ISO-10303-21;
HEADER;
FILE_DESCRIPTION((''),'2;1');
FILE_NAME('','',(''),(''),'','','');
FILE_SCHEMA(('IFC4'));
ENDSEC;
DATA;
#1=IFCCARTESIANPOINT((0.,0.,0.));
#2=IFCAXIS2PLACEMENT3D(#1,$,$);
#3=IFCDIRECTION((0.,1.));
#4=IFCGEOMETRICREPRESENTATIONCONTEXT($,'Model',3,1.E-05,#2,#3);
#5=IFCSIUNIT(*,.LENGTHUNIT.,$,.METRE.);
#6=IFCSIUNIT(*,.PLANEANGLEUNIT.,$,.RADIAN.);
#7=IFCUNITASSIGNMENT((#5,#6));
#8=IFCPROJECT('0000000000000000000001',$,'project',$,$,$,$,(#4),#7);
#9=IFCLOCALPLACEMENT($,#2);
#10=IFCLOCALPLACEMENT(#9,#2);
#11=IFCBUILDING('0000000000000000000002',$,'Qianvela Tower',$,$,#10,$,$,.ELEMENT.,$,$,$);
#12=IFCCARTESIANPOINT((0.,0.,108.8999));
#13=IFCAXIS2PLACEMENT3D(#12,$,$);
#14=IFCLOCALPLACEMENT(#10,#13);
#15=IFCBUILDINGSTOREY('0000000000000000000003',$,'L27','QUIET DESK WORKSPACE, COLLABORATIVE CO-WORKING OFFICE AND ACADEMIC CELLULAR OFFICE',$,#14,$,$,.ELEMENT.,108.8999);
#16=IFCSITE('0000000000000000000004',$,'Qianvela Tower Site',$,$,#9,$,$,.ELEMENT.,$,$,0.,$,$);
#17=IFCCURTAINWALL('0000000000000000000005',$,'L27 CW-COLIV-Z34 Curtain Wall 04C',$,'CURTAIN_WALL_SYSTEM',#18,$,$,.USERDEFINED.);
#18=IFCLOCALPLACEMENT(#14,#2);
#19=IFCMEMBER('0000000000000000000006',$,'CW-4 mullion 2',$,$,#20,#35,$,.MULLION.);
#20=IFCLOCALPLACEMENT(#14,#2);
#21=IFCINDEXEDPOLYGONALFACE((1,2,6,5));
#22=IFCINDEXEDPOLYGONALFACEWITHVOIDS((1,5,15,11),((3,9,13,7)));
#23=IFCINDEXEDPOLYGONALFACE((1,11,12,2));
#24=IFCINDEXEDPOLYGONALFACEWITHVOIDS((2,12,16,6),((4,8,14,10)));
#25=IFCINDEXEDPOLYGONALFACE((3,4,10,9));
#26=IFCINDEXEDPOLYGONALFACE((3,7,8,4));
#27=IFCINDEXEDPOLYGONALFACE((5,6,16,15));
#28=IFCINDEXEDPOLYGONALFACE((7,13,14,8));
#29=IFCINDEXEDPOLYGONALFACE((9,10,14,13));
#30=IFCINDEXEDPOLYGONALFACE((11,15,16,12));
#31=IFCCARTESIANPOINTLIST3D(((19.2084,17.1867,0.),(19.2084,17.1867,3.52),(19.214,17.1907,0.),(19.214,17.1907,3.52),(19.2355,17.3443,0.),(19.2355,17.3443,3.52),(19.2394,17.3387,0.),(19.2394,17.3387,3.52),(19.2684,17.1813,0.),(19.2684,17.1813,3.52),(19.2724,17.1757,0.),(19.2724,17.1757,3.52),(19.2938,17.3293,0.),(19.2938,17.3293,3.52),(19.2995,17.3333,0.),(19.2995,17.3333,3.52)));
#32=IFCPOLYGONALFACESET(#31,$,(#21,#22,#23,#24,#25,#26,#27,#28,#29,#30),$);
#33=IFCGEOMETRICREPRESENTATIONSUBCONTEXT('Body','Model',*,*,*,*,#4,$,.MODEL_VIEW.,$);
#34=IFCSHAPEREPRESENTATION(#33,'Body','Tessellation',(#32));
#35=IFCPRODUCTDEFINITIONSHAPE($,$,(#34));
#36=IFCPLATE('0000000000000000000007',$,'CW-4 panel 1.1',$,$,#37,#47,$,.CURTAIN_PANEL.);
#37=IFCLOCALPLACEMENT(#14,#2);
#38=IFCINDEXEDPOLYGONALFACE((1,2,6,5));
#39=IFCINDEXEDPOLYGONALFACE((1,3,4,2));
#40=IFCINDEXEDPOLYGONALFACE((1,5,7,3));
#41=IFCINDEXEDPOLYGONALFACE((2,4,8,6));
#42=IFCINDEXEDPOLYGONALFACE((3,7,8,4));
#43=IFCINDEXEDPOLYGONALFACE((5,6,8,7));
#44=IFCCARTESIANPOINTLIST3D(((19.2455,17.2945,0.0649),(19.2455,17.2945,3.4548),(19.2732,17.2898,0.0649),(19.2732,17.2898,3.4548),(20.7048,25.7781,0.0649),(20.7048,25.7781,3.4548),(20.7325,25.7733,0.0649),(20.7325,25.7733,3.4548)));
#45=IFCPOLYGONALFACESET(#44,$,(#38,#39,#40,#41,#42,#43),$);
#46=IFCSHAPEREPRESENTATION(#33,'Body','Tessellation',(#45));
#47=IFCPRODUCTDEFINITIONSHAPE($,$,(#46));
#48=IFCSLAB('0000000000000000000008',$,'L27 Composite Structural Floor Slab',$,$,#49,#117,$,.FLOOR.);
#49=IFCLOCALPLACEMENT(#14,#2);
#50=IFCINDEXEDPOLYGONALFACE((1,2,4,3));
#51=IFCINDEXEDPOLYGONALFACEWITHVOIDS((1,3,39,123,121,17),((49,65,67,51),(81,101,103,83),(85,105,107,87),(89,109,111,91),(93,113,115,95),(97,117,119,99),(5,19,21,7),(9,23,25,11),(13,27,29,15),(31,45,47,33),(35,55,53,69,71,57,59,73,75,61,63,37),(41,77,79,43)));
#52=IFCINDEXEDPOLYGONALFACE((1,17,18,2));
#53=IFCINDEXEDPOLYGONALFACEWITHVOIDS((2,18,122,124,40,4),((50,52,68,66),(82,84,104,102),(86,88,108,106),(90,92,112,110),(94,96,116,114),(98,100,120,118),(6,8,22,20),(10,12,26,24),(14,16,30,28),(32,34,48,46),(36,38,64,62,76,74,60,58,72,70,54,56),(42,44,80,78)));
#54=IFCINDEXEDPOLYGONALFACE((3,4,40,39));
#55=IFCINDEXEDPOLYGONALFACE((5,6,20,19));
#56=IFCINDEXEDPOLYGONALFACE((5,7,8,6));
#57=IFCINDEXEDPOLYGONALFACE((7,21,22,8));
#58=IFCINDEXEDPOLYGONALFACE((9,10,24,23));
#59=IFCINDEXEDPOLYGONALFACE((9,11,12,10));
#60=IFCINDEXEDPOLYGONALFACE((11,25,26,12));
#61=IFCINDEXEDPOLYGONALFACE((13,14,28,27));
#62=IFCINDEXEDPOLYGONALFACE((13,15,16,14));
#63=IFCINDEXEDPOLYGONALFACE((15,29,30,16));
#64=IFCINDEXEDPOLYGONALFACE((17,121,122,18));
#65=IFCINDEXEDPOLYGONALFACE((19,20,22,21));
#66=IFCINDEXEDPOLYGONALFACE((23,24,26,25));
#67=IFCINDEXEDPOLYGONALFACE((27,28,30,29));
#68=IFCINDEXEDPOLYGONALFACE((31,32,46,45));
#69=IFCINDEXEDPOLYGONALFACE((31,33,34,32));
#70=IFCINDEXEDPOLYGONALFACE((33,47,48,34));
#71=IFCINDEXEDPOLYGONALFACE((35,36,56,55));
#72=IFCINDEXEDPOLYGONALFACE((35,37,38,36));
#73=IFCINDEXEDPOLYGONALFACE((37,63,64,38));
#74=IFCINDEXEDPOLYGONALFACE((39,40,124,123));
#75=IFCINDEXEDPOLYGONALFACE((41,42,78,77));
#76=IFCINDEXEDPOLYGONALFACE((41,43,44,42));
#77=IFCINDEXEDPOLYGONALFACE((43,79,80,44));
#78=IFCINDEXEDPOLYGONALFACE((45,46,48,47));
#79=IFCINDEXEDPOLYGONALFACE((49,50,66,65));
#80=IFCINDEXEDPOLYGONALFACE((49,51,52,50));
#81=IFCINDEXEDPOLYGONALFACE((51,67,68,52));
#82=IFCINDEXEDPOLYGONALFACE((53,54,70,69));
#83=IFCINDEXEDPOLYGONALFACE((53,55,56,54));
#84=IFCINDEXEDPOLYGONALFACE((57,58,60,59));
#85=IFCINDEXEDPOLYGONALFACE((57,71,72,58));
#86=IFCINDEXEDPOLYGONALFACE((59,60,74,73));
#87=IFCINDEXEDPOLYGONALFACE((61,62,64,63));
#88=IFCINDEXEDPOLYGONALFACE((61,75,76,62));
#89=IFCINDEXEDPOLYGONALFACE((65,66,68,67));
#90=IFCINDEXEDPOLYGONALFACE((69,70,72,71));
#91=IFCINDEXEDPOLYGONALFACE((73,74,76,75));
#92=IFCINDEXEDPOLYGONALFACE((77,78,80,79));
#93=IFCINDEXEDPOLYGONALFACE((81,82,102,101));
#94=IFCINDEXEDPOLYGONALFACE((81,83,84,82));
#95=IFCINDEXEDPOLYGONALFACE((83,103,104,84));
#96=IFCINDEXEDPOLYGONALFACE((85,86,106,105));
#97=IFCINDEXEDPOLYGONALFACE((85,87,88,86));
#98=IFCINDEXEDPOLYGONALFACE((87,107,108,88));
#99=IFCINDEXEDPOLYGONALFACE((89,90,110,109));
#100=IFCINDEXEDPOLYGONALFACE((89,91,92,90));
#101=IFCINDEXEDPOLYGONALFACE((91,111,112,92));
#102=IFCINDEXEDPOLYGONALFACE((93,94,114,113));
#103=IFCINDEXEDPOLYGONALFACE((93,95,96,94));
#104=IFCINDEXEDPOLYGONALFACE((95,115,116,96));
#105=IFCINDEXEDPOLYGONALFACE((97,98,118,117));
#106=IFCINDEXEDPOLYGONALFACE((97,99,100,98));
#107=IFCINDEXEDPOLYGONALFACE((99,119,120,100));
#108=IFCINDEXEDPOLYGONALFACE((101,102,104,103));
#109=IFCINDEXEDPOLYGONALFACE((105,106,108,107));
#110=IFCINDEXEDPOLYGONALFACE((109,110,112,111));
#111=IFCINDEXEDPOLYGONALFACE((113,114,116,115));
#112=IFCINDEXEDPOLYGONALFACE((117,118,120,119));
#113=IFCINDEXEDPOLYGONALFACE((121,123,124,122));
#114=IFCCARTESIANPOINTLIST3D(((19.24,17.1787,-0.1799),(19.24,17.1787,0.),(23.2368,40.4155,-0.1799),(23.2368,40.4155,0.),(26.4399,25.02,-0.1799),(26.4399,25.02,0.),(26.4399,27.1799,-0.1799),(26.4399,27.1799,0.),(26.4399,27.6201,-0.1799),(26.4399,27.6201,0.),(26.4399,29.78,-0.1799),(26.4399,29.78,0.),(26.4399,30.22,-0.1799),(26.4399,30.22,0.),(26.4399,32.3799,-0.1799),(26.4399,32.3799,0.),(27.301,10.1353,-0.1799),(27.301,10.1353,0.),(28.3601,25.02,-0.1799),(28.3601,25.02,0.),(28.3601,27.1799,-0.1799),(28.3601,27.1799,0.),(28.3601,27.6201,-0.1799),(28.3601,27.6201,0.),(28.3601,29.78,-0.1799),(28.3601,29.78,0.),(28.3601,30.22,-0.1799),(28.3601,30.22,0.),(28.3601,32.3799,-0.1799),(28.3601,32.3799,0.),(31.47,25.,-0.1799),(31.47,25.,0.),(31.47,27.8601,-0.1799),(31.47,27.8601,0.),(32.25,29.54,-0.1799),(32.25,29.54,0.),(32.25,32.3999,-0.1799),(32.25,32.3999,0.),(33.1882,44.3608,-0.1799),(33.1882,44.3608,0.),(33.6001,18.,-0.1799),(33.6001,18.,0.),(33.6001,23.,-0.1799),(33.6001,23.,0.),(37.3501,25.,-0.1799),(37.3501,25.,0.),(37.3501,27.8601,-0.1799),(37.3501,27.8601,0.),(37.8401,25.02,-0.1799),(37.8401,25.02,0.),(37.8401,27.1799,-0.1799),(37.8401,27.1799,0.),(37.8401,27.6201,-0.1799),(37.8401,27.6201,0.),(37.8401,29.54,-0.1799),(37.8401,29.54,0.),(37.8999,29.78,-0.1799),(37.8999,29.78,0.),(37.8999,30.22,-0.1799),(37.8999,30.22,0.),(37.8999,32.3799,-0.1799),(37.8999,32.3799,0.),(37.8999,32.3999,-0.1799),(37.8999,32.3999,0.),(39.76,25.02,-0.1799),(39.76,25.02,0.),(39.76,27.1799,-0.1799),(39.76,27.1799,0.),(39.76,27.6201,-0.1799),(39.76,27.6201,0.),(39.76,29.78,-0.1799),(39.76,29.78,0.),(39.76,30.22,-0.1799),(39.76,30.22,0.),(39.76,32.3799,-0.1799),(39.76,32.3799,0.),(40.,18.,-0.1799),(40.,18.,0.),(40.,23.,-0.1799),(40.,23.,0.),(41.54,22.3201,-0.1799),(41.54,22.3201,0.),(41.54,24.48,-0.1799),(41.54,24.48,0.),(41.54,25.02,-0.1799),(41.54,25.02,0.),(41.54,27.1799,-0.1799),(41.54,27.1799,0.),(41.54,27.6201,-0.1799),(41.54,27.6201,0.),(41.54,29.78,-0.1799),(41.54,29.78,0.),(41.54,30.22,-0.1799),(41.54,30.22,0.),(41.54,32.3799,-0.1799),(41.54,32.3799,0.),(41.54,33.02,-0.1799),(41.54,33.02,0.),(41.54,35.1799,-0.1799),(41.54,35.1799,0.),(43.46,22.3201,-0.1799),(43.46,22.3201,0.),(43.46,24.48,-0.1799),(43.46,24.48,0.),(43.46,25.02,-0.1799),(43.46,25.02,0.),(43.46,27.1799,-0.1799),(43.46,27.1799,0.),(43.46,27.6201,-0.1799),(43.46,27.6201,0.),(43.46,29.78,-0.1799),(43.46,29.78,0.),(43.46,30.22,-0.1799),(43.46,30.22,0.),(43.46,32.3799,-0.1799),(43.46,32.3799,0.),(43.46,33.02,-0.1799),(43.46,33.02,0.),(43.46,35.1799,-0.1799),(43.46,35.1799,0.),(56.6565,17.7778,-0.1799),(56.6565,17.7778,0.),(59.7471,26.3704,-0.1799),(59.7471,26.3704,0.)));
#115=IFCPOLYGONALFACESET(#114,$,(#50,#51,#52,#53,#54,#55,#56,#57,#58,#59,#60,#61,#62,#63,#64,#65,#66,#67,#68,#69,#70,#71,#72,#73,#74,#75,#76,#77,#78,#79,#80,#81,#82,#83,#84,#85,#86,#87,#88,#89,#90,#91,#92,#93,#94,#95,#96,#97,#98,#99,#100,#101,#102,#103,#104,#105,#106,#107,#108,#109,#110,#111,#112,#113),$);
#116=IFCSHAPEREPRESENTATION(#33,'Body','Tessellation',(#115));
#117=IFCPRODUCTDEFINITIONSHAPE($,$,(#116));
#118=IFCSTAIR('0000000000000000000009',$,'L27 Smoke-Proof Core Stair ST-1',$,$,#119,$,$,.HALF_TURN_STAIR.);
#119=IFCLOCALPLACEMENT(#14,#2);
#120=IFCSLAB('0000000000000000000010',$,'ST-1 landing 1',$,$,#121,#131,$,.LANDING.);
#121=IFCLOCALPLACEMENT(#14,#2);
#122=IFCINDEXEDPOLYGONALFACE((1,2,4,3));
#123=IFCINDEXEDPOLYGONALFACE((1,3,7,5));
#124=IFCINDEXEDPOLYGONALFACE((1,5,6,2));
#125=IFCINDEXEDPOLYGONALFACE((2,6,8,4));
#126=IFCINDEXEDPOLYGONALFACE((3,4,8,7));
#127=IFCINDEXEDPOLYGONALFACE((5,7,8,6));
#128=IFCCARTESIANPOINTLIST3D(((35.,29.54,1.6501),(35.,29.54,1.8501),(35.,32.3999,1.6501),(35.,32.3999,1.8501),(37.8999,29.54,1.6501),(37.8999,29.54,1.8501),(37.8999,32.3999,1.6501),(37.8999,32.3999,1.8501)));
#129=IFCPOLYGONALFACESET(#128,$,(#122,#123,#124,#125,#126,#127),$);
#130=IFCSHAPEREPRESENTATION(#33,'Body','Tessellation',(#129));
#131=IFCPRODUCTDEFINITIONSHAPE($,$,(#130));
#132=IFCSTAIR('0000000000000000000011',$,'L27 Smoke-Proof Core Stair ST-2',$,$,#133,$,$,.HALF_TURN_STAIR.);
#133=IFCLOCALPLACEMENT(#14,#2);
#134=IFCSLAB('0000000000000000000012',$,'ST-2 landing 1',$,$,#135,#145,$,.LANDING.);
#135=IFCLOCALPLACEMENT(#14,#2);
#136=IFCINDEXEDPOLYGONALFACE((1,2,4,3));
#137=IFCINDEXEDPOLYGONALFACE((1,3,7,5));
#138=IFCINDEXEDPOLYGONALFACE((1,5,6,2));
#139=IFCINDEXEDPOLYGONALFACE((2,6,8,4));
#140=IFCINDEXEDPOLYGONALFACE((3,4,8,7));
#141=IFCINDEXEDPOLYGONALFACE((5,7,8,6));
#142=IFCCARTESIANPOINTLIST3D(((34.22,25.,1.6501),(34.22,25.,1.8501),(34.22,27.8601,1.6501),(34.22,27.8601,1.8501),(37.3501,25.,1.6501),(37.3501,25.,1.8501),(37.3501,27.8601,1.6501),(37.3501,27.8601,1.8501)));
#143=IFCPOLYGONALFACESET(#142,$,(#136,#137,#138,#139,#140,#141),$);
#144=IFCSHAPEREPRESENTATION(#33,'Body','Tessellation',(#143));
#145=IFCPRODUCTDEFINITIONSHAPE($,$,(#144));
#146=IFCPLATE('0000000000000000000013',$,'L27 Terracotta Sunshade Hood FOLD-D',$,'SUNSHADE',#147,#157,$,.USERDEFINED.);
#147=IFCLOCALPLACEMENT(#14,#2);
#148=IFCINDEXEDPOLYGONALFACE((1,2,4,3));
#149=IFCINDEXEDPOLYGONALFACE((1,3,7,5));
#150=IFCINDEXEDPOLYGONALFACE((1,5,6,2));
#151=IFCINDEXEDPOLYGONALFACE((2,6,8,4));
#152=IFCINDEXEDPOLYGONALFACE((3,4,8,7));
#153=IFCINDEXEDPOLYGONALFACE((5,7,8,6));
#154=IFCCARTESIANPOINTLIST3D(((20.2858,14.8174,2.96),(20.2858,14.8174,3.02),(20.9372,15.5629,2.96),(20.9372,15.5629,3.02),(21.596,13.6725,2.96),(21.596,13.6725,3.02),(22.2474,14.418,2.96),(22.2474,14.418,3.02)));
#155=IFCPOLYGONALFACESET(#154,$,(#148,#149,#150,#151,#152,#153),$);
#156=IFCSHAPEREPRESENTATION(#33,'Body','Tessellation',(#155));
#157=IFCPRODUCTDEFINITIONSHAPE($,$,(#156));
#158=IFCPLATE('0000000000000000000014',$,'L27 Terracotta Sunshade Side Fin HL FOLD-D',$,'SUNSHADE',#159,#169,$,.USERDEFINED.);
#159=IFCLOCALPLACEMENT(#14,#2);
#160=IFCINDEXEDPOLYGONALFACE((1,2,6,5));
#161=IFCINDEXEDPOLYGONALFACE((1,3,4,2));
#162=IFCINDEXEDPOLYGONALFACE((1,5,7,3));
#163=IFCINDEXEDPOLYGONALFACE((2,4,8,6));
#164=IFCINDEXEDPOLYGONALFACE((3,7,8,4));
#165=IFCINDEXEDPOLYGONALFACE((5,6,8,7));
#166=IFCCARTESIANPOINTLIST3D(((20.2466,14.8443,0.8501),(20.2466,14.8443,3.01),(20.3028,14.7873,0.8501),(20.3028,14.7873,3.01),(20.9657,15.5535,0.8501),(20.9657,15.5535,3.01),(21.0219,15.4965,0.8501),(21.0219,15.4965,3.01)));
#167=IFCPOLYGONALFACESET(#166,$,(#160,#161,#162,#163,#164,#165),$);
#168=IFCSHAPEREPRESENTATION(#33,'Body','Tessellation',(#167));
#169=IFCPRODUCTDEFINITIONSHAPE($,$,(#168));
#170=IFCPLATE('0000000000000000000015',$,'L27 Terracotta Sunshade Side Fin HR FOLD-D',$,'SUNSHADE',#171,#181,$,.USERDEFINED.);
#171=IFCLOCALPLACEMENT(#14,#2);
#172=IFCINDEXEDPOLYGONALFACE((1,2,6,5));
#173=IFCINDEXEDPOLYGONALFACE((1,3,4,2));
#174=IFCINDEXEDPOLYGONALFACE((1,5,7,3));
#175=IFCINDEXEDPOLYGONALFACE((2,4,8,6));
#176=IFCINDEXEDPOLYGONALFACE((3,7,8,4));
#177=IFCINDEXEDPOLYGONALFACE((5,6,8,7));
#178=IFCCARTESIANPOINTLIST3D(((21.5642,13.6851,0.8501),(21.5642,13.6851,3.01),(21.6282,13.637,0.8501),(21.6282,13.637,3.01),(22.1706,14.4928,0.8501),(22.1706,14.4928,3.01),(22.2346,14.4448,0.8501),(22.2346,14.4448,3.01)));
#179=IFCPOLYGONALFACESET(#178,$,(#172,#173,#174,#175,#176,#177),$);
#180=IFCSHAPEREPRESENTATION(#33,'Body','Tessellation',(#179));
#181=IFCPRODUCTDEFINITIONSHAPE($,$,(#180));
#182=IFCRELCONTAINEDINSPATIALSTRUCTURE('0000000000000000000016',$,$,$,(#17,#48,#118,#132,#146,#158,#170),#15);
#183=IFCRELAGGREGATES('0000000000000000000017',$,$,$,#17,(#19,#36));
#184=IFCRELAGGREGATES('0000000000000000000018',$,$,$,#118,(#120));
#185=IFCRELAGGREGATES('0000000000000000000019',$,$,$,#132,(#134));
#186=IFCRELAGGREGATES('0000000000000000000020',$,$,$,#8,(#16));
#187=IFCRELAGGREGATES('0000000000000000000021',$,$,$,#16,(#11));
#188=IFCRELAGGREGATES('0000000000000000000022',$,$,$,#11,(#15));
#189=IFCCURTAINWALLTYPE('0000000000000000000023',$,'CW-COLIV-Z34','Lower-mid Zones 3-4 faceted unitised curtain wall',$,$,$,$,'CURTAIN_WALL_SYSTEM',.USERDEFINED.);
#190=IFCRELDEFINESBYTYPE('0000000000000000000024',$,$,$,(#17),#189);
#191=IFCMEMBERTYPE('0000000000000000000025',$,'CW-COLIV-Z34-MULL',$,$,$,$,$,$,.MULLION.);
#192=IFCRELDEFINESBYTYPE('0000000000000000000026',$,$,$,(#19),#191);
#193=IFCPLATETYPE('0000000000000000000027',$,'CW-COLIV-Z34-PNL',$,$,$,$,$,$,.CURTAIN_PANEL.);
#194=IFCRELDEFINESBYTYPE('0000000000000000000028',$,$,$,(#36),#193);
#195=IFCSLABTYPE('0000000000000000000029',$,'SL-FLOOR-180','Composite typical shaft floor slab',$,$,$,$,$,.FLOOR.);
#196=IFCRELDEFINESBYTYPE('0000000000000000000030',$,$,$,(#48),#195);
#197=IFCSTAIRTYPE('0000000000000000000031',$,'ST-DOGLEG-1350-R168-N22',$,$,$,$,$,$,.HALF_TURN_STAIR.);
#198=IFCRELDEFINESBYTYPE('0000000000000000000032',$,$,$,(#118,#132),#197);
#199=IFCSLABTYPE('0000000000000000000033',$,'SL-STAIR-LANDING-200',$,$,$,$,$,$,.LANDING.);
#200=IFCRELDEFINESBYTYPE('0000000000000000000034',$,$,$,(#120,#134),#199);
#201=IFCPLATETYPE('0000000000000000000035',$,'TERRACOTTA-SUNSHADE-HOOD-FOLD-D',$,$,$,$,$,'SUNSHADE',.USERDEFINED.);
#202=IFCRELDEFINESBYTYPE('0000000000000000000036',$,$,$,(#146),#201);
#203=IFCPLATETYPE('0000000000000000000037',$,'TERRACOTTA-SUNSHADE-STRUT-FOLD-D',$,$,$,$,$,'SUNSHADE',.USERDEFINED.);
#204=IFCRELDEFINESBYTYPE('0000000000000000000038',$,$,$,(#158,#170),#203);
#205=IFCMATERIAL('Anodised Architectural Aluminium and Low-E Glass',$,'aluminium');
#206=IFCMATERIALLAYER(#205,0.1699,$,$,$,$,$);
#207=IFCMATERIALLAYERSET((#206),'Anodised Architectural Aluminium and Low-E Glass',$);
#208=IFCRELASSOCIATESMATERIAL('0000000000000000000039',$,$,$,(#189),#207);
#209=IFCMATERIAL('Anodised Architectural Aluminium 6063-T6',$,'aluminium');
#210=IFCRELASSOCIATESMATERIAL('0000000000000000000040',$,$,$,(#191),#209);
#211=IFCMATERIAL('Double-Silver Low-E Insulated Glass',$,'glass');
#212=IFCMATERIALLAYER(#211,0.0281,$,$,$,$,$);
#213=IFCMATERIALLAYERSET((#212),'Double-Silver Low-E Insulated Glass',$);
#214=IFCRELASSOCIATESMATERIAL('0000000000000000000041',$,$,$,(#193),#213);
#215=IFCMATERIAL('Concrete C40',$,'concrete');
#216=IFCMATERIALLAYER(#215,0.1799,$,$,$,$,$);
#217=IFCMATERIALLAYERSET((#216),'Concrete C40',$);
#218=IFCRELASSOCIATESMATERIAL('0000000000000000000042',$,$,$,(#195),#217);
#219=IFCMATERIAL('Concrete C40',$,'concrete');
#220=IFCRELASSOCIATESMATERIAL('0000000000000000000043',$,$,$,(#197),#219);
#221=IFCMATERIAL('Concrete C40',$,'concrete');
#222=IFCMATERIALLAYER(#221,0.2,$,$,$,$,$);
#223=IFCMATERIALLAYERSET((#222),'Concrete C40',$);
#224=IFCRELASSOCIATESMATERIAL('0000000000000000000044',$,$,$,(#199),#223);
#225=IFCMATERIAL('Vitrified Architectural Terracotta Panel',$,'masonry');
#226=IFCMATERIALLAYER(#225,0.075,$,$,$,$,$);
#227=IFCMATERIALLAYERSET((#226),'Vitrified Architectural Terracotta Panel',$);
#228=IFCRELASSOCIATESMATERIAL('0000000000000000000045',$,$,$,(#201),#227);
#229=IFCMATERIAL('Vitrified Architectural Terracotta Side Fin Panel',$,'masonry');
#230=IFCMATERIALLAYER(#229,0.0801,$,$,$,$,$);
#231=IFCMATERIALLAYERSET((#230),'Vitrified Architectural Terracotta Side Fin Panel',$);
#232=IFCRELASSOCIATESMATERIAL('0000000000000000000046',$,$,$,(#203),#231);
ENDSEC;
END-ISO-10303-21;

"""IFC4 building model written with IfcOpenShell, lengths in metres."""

from ifc_helpers import new_model, si_unit, direction, frame, origin, origin_2d, place, context, subcontext, project, spatial, polyline, rectangle, hollow_rectangle, outline, extrude, material, layer, layer_set, material_profile, profile_set, type_object, element, aggregate, save


model = new_model("IFC4")

# Units and contexts
model_context = context("Model", 3, precision=1e-05, world=origin(), true_north=direction((0.0, 1.0)))
body_context = subcontext(model_context, "Body", "Model", "MODEL_VIEW")
ifc_project = project(units=[si_unit("LENGTHUNIT", "METRE"), si_unit("PLANEANGLEUNIT", "RADIAN")], contexts=[model_context])

# Site, building, storey
site_placement = place(None, origin())
site = spatial("IfcSite", under=ifc_project, at=site_placement, Name="Qianvela Tower Site", CompositionType="ELEMENT", RefElevation=0.0)
building_placement = place(site_placement, origin())
building = spatial("IfcBuilding", under=site, at=building_placement, Name="Qianvela Tower", CompositionType="ELEMENT")
storey_placement = place(building_placement, frame((0.0, 0.0, 108.8999)))
storey = spatial("IfcBuildingStorey", under=building, at=storey_placement, Name="L27", Description="QUIET DESK WORKSPACE, COLLABORATIVE CO-WORKING OFFICE AND ACADEMIC CELLULAR OFFICE", CompositionType="ELEMENT", Elevation=108.8999)

# Curtain wall, member, plate
ifc_material_1 = material(Name="Anodised Architectural Aluminium and Low-E Glass", Category="aluminium")
ifc_layer_1 = layer(ifc_material_1, 0.1699)
ifc_layer_set_1 = layer_set([ifc_layer_1], Name="Anodised Architectural Aluminium and Low-E Glass")
curtain_wall_type = type_object("IfcCurtainWallType", Name="CW-COLIV-Z34", Description="Lower-mid Zones 3-4 faceted unitised curtain wall", ElementType="CURTAIN_WALL_SYSTEM", PredefinedType="USERDEFINED", material=ifc_layer_set_1)
curtain_wall_placement = place(storey_placement, origin())
curtain_wall = element("IfcCurtainWall", 1, at=curtain_wall_placement, inside=storey, type_object=curtain_wall_type, Name="L27 CW-COLIV-Z34 Curtain Wall 04C", ObjectType="CURTAIN_WALL_SYSTEM", PredefinedType="USERDEFINED")
ifc_material_2 = material(Name="Anodised Architectural Aluminium 6063-T6", Category="aluminium")
ifc_material_profile = material_profile(ifc_material_2, hollow_rectangle(XDim=0.0649, YDim=0.1599, WallThickness=0.0049, at=origin_2d()), Name="ALU-MULL-65x160")
ifc_profile_set = profile_set([ifc_material_profile], Name="Anodised Architectural Aluminium 6063-T6")
member_type = type_object("IfcMemberType", Name="CW-COLIV-Z34-MULL", PredefinedType="MULLION", material=ifc_profile_set)
member_placement = place(storey_placement, frame((19.2539, 17.26, 0.0), z_axis=(0.0, 0.0, 1.0), x_axis=(0.985526, -0.169523, 0.0)))
member = element("IfcMember", 2, at=member_placement, type_object=member_type, Name="CW-4 mullion 2", PredefinedType="MULLION", context=body_context, shape_type="SweptSolid", body=[
    extrude(hollow_rectangle(XDim=0.0649, YDim=0.1599, WallThickness=0.0049, at=origin_2d()), origin(), (0.0, 0.0, 1.0), 3.52),
])
ifc_material_3 = material(Name="Double-Silver Low-E Insulated Glass", Category="glass")
ifc_layer_2 = layer(ifc_material_3, 0.0281)
ifc_layer_set_2 = layer_set([ifc_layer_2], Name="Double-Silver Low-E Insulated Glass")
plate_type_1 = type_object("IfcPlateType", Name="CW-COLIV-Z34-PNL", PredefinedType="CURTAIN_PANEL", material=ifc_layer_set_2)
plate_1_placement = place(storey_placement, frame((19.989, 21.5339, 0.0649), z_axis=(0.0, 0.0, 1.0), x_axis=(-0.169523, -0.985526, 0.0)))
plate_1 = element("IfcPlate", 3, at=plate_1_placement, type_object=plate_type_1, Name="CW-4 panel 1.1", PredefinedType="CURTAIN_PANEL", context=body_context, shape_type="SweptSolid", body=[
    extrude(rectangle(XDim=8.6082, YDim=0.0281, at=origin_2d()), origin(), (0.0, 0.0, 1.0), 3.3899),
])
aggregate(curtain_wall, [member, plate_1])

# Slab
ifc_material_4 = material(Name="Concrete C40", Category="concrete")
ifc_layer_3 = layer(ifc_material_4, 0.1799)
ifc_layer_set_3 = layer_set([ifc_layer_3], Name="Concrete C40")
slab_type_1 = type_object("IfcSlabType", Name="SL-FLOOR-180", Description="Composite typical shaft floor slab", PredefinedType="FLOOR", material=ifc_layer_set_3)
slab_1_placement = place(storey_placement, frame((0.0, 0.0, -0.1799)))
element("IfcSlab", 4, at=slab_1_placement, inside=storey, type_object=slab_type_1, Name="L27 Composite Structural Floor Slab", PredefinedType="FLOOR", context=body_context, shape_type="SweptSolid", body=[
    extrude(outline(polyline([(56.6565, 17.7778), (59.7471, 26.3704), (33.1882, 44.3608), (23.2368, 40.4155), (19.24, 17.1787), (27.301, 10.1353), (56.6565, 17.7778)]), holes=[polyline([(40.0, 23.0), (33.6001, 23.0), (33.6001, 18.0), (40.0, 18.0), (40.0, 23.0)]), polyline([(28.3601, 25.02), (28.3601, 27.1799), (26.4399, 27.1799), (26.4399, 25.02), (28.3601, 25.02)]), polyline([(37.3501, 25.0), (37.3501, 27.8601), (31.47, 27.8601), (31.47, 25.0), (37.3501, 25.0)]), polyline([(28.3601, 27.6201), (28.3601, 29.78), (26.4399, 29.78), (26.4399, 27.6201), (28.3601, 27.6201)]), polyline([(37.8999, 32.3799), (37.8999, 32.3999), (32.25, 32.3999), (32.25, 29.54), (37.8401, 29.54), (37.8401, 27.6201), (39.76, 27.6201), (39.76, 29.78), (37.8999, 29.78), (37.8999, 30.22), (39.76, 30.22), (39.76, 32.3799), (37.8999, 32.3799)]), polyline([(28.3601, 30.22), (28.3601, 32.3799), (26.4399, 32.3799), (26.4399, 30.22), (28.3601, 30.22)]), polyline([(43.46, 24.48), (41.54, 24.48), (41.54, 22.3201), (43.46, 22.3201), (43.46, 24.48)]), polyline([(39.76, 25.02), (39.76, 27.1799), (37.8401, 27.1799), (37.8401, 25.02), (39.76, 25.02)]), polyline([(43.46, 25.02), (43.46, 27.1799), (41.54, 27.1799), (41.54, 25.02), (43.46, 25.02)]), polyline([(43.46, 27.6201), (43.46, 29.78), (41.54, 29.78), (41.54, 27.6201), (43.46, 27.6201)]), polyline([(43.46, 30.22), (43.46, 32.3799), (41.54, 32.3799), (41.54, 30.22), (43.46, 30.22)]), polyline([(43.46, 33.02), (43.46, 35.1799), (41.54, 35.1799), (41.54, 33.02), (43.46, 33.02)])]), origin(), (0.0, 0.0, 1.0), 0.1799),
])

# Stairs, slabs
ifc_material_5 = material(Name="Concrete C40", Category="concrete")
stair_type = type_object("IfcStairType", Name="ST-DOGLEG-1350-R168-N22", PredefinedType="HALF_TURN_STAIR", material=ifc_material_5)
stair_1_placement = place(storey_placement, origin())
stair_1 = element("IfcStair", 5, at=stair_1_placement, inside=storey, type_object=stair_type, Name="L27 Smoke-Proof Core Stair ST-1", PredefinedType="HALF_TURN_STAIR")
ifc_material_6 = material(Name="Concrete C40", Category="concrete")
ifc_layer_4 = layer(ifc_material_6, 0.2)
ifc_layer_set_4 = layer_set([ifc_layer_4], Name="Concrete C40")
slab_type_2 = type_object("IfcSlabType", Name="SL-STAIR-LANDING-200", PredefinedType="LANDING", material=ifc_layer_set_4)
slab_2_placement = place(storey_placement, frame((0.0, 0.0, 1.6501)))
slab_2 = element("IfcSlab", 6, at=slab_2_placement, type_object=slab_type_2, Name="ST-1 landing 1", PredefinedType="LANDING", context=body_context, shape_type="SweptSolid", body=[
    extrude(outline(polyline([(35.0, 29.54), (37.8999, 29.54), (37.8999, 32.3999), (35.0, 32.3999), (35.0, 29.54)])), origin(), (0.0, 0.0, 1.0), 0.2),
])
aggregate(stair_1, [slab_2])
stair_2_placement = place(storey_placement, origin())
stair_2 = element("IfcStair", 7, at=stair_2_placement, inside=storey, type_object=stair_type, Name="L27 Smoke-Proof Core Stair ST-2", PredefinedType="HALF_TURN_STAIR")
slab_3_placement = place(storey_placement, frame((0.0, 0.0, 1.6501)))
slab_3 = element("IfcSlab", 8, at=slab_3_placement, type_object=slab_type_2, Name="ST-2 landing 1", PredefinedType="LANDING", context=body_context, shape_type="SweptSolid", body=[
    extrude(outline(polyline([(34.22, 25.0), (37.3501, 25.0), (37.3501, 27.8601), (34.22, 27.8601), (34.22, 25.0)])), origin(), (0.0, 0.0, 1.0), 0.2),
])
aggregate(stair_2, [slab_3])

# Plates
ifc_material_7 = material(Name="Vitrified Architectural Terracotta Panel", Category="masonry")
ifc_layer_5 = layer(ifc_material_7, 0.075)
ifc_layer_set_5 = layer_set([ifc_layer_5], Name="Vitrified Architectural Terracotta Panel")
plate_type_2 = type_object("IfcPlateType", Name="TERRACOTTA-SUNSHADE-HOOD-FOLD-D", ElementType="SUNSHADE", PredefinedType="USERDEFINED", material=ifc_layer_set_5)
plate_2_placement = place(storey_placement, frame((21.2666, 14.6177, 2.96), z_axis=(0.0, 0.0, 1.0), x_axis=(0.753033, -0.657983, 0.0)))
element("IfcPlate", 9, at=plate_2_placement, inside=storey, type_object=plate_type_2, Name="L27 Terracotta Sunshade Hood FOLD-D", ObjectType="SUNSHADE", PredefinedType="USERDEFINED", context=body_context, shape_type="SweptSolid", body=[
    extrude(rectangle(XDim=1.74, YDim=0.99, at=origin_2d()), origin(), (0.0, 0.0, 1.0), 0.0601),
])
ifc_material_8 = material(Name="Vitrified Architectural Terracotta Side Fin Panel", Category="masonry")
ifc_layer_6 = layer(ifc_material_8, 0.0801)
ifc_layer_set_6 = layer_set([ifc_layer_6], Name="Vitrified Architectural Terracotta Side Fin Panel")
plate_type_3 = type_object("IfcPlateType", Name="TERRACOTTA-SUNSHADE-STRUT-FOLD-D", ElementType="SUNSHADE", PredefinedType="USERDEFINED", material=ifc_layer_set_6)
for number, where, z_axis, x_axis, name in (
    (10, (20.6343, 15.1704, 0.8501), (0.0, 0.0, 1.0), (0.7022, -0.711979, 0.0), "L27 Terracotta Sunshade Side Fin HL FOLD-D"),
    (11, (21.8994, 14.0649, 0.8501), (0.0, 0.0, 1.0), (0.799724, -0.600367, 0.0), "L27 Terracotta Sunshade Side Fin HR FOLD-D"),
):
    element("IfcPlate", number, at=place(storey_placement, frame(where, z_axis=z_axis, x_axis=x_axis)), inside=storey, type_object=plate_type_3, Name=name, ObjectType="SUNSHADE", PredefinedType="USERDEFINED", context=body_context, shape_type="SweptSolid", body=[
        extrude(rectangle(XDim=0.0801, YDim=1.01, at=origin_2d()), origin(), (0.0, 0.0, 1.0), 2.1599),
    ])

save(model, "model.ifc")
